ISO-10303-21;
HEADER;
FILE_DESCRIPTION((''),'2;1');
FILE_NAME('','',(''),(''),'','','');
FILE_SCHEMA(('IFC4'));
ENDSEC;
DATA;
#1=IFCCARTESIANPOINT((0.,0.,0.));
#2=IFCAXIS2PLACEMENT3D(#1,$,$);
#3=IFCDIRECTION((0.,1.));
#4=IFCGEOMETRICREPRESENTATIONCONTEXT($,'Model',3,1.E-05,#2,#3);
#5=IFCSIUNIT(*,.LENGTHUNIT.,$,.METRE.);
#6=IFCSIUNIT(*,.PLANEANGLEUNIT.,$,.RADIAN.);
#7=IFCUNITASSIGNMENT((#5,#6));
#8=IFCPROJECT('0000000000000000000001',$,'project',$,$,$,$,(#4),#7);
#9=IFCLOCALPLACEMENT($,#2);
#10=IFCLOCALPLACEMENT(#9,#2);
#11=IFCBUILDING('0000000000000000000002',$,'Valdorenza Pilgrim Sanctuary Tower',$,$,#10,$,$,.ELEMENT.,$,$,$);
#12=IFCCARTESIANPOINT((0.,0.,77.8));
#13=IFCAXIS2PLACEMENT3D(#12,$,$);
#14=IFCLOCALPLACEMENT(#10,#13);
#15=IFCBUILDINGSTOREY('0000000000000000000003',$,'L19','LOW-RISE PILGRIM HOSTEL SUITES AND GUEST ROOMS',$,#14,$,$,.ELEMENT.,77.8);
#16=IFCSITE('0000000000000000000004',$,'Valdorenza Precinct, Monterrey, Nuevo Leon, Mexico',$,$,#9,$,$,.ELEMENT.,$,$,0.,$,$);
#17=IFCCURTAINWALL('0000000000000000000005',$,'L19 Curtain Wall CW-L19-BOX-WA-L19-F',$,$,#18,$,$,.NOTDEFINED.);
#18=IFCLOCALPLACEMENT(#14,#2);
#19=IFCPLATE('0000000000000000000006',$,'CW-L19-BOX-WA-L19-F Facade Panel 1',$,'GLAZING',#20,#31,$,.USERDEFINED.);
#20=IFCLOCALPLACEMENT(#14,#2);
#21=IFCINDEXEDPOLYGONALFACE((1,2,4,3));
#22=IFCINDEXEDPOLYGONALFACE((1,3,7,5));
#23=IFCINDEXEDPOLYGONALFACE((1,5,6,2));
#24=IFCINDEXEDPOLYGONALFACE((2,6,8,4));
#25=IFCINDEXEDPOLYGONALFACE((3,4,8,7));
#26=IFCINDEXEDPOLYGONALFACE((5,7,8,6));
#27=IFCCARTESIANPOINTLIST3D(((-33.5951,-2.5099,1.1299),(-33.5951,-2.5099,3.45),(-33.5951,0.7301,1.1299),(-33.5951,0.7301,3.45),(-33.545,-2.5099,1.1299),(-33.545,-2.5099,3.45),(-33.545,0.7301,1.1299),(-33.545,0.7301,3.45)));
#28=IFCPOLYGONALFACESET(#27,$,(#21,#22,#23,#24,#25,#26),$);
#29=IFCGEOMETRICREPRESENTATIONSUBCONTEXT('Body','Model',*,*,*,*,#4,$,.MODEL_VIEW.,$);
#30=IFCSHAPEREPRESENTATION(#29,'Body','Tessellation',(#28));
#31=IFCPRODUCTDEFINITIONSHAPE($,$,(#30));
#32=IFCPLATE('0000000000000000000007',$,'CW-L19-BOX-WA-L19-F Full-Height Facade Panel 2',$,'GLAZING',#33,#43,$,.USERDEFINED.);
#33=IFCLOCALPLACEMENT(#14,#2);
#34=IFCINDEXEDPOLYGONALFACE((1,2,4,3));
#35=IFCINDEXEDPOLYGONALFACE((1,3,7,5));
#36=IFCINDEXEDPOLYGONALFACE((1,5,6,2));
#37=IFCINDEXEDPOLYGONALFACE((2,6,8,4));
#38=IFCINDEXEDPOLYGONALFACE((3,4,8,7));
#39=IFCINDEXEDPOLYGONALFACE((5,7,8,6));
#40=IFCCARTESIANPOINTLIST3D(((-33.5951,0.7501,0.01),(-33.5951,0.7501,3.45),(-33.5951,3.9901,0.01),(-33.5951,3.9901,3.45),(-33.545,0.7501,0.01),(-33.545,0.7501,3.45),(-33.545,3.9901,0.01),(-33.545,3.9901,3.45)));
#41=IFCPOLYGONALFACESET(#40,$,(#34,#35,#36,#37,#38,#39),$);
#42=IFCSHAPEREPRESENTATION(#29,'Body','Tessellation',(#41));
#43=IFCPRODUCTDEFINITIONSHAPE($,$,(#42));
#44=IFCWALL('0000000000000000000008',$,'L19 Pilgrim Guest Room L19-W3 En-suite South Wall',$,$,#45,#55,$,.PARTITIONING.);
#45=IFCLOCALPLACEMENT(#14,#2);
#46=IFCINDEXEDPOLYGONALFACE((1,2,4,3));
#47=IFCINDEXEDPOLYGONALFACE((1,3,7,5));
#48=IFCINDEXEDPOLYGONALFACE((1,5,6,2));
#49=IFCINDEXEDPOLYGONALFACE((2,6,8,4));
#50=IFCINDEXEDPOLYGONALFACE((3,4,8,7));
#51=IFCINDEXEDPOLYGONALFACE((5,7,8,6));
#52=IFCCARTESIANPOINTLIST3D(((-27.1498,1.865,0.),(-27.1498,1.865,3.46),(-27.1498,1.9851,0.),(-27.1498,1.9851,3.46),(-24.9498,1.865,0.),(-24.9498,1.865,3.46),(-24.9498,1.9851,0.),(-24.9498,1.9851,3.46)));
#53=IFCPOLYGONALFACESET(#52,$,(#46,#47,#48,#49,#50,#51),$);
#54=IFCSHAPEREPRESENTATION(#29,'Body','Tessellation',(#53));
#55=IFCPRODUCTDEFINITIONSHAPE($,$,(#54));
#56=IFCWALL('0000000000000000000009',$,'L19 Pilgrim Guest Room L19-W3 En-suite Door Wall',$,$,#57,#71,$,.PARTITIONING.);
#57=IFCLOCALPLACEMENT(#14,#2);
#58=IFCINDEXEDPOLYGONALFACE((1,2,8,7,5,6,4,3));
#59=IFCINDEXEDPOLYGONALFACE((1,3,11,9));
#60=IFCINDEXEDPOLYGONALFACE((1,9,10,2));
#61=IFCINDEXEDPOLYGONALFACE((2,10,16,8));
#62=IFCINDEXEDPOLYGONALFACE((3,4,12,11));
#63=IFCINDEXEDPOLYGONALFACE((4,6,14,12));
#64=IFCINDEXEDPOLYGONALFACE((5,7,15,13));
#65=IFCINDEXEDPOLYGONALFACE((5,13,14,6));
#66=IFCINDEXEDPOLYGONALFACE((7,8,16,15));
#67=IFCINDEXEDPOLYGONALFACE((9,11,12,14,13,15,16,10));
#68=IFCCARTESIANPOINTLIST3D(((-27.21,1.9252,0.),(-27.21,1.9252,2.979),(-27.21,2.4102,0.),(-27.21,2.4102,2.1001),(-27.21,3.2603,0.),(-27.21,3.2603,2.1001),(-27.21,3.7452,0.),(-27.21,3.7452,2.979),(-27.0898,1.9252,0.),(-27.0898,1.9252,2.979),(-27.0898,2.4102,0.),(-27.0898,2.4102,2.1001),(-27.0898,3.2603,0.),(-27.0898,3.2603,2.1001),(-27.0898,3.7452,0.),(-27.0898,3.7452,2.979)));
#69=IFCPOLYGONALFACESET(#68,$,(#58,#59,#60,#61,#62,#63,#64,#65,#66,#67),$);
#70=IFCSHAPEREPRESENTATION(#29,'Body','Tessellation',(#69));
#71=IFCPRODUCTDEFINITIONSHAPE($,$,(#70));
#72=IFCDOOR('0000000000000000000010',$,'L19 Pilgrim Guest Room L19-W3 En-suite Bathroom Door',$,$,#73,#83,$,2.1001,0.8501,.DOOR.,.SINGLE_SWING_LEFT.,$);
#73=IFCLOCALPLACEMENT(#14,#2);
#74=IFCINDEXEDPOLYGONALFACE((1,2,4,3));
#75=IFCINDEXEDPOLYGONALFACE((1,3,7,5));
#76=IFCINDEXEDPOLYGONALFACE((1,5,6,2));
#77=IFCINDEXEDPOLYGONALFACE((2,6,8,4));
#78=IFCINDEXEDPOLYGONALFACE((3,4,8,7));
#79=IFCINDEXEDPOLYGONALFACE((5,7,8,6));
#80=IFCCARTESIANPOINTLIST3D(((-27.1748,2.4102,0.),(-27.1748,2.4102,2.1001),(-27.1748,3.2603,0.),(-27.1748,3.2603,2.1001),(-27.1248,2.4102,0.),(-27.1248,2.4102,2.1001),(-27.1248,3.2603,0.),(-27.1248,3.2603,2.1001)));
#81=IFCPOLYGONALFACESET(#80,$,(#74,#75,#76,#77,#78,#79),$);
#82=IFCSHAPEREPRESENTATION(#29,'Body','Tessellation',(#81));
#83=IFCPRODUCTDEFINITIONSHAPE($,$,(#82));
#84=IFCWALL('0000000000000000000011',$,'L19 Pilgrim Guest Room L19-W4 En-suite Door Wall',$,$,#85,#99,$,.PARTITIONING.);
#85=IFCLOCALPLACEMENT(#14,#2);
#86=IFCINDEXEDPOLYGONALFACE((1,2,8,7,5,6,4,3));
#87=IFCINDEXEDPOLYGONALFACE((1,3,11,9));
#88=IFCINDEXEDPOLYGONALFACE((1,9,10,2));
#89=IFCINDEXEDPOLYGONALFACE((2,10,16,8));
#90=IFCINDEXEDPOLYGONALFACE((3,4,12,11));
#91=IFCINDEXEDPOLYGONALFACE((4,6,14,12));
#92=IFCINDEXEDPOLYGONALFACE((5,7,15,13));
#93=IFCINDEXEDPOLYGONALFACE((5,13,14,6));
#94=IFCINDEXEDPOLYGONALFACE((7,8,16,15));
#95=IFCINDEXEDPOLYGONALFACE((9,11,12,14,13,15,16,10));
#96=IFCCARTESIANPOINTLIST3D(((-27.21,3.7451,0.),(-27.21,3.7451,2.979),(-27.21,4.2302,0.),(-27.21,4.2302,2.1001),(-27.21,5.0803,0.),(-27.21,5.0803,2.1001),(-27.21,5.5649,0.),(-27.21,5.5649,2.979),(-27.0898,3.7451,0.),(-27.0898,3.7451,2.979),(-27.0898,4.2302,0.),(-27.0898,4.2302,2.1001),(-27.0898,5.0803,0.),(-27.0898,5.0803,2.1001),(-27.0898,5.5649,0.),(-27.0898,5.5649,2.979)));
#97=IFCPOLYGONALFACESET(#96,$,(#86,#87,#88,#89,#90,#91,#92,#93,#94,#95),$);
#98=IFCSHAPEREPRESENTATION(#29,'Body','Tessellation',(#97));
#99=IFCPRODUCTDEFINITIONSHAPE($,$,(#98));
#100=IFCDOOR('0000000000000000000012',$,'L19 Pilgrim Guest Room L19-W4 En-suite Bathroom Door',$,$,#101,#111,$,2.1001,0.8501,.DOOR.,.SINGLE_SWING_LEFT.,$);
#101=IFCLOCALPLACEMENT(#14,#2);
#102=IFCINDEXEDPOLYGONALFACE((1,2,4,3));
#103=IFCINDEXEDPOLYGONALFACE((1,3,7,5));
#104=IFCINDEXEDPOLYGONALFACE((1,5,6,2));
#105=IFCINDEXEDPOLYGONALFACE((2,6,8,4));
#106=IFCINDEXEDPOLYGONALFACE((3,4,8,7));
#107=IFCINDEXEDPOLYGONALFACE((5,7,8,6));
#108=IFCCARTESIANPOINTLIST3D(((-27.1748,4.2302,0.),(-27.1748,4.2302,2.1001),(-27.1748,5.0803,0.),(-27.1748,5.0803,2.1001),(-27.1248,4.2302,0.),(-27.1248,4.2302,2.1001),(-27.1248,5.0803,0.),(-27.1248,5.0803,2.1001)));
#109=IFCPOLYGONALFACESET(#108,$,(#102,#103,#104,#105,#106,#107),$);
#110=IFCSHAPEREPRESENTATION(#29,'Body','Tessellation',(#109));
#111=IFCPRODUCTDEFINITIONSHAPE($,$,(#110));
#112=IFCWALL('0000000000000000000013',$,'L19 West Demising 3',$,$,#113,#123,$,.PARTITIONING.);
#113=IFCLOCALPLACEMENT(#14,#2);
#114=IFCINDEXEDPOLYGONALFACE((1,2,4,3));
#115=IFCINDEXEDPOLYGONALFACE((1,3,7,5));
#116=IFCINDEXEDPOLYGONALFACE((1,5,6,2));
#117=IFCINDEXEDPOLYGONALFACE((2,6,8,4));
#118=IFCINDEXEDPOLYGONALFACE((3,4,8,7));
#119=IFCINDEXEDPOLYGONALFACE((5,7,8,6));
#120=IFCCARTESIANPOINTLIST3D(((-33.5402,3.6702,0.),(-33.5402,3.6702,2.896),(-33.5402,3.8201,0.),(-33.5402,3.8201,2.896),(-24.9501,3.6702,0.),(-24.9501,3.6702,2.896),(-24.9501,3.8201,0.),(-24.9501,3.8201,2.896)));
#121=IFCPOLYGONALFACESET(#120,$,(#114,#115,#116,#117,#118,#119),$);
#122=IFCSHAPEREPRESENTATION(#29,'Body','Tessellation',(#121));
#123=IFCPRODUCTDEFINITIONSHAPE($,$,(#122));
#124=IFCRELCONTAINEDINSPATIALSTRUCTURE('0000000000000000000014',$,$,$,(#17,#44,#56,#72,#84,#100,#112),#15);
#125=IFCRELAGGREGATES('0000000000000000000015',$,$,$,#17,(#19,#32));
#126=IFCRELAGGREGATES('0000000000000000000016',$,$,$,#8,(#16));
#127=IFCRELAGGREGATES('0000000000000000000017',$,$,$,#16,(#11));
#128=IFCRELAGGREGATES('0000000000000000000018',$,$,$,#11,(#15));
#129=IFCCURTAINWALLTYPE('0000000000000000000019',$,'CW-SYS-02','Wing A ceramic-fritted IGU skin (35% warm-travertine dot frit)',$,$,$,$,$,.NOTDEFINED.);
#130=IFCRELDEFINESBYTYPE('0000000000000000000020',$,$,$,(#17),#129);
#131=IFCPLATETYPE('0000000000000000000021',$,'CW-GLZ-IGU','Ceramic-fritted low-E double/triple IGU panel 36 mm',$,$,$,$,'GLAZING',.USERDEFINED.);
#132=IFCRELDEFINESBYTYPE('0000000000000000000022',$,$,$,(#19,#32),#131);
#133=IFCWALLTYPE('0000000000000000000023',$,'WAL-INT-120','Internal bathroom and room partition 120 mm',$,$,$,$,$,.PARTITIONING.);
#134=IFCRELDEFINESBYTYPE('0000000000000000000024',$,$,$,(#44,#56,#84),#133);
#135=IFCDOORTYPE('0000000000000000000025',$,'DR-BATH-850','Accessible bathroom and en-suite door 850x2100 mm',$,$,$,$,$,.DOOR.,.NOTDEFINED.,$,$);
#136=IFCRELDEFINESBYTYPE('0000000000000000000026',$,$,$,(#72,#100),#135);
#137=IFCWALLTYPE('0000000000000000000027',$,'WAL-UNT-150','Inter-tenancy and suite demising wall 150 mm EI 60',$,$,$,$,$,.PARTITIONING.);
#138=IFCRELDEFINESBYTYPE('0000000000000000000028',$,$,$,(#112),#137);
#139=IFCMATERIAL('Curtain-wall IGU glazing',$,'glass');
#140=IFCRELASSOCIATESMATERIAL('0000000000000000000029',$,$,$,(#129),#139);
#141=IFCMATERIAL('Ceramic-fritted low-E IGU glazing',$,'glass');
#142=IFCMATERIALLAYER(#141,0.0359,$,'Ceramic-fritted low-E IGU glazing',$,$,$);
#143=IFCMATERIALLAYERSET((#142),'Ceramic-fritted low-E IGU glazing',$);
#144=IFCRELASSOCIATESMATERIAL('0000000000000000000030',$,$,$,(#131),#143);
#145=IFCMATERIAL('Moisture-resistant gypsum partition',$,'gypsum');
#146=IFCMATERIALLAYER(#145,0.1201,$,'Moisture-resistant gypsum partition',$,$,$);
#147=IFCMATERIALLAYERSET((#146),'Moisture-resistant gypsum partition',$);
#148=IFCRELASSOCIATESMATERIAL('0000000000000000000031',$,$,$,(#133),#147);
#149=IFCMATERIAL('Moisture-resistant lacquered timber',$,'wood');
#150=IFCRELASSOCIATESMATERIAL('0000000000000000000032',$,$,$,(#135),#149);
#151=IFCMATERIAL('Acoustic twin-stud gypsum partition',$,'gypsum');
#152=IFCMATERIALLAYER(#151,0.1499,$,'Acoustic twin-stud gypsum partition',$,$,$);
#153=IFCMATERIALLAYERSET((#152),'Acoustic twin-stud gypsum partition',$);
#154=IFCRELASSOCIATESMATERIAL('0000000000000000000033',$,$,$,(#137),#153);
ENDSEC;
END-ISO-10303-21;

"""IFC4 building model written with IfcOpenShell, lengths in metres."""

from ifc_helpers import new_model, si_unit, direction, frame, frame_2d, origin, origin_2d, place, context, subcontext, project, spatial, rectangle, extrude, source, transform, mapped, material, layer, layer_set, type_object, element, fill, aggregate, save


model = new_model("IFC4")

# Units and contexts
model_context = context("Model", 3, precision=1e-05, world=origin(), true_north=direction((0.0, 1.0)))
body_context = subcontext(model_context, "Body", "Model", "MODEL_VIEW")
ifc_project = project(units=[si_unit("LENGTHUNIT", "METRE"), si_unit("PLANEANGLEUNIT", "RADIAN")], contexts=[model_context])

# Site, building, storey
site_placement = place(None, origin())
site = spatial("IfcSite", under=ifc_project, at=site_placement, Name="Valdorenza Precinct, Monterrey, Nuevo Leon, Mexico", CompositionType="ELEMENT", RefElevation=0.0)
building_placement = place(site_placement, origin())
building = spatial("IfcBuilding", under=site, at=building_placement, Name="Valdorenza Pilgrim Sanctuary Tower", CompositionType="ELEMENT")
storey_placement = place(building_placement, frame((0.0, 0.0, 77.8)))
storey = spatial("IfcBuildingStorey", under=building, at=storey_placement, Name="L19", Description="LOW-RISE PILGRIM HOSTEL SUITES AND GUEST ROOMS", CompositionType="ELEMENT", Elevation=77.8)

# Curtain wall, plates
ifc_material_1 = material(Name="Curtain-wall IGU glazing", Category="glass")
curtain_wall_type = type_object("IfcCurtainWallType", Name="CW-SYS-02", Description="Wing A ceramic-fritted IGU skin (35% warm-travertine dot frit)", PredefinedType="NOTDEFINED", material=ifc_material_1)
curtain_wall_placement = place(storey_placement, origin())
curtain_wall = element("IfcCurtainWall", 1, at=curtain_wall_placement, inside=storey, type_object=curtain_wall_type, Name="L19 Curtain Wall CW-L19-BOX-WA-L19-F", PredefinedType="NOTDEFINED")
ifc_material_2 = material(Name="Ceramic-fritted low-E IGU glazing", Category="glass")
ifc_layer_1 = layer(ifc_material_2, 0.0359, Name="Ceramic-fritted low-E IGU glazing")
ifc_layer_set_1 = layer_set([ifc_layer_1], Name="Ceramic-fritted low-E IGU glazing")
plate_type_1 = type_object("IfcPlateType", Name="CW-GLZ-IGU", Description="Ceramic-fritted low-E double/triple IGU panel 36 mm", ElementType="GLAZING", PredefinedType="USERDEFINED", material=ifc_layer_set_1)
shared_shape_1 = source(origin(), body_context, "Body", "SweptSolid", [
    extrude(rectangle(XDim=3.24, YDim=0.05, at=origin_2d()), origin(), (0.0, 0.0, 1.0), 2.3201),
])
plate_1_placement = place(storey_placement, frame((-33.5701, -0.8899, 1.1299), z_axis=(0.0, 0.0, 1.0), x_axis=(0.0, 1.0, 0.0)))
plate_1 = element("IfcPlate", 2, at=plate_1_placement, type_object=plate_type_1, Name="CW-L19-BOX-WA-L19-F Facade Panel 1", ObjectType="GLAZING", PredefinedType="USERDEFINED", context=body_context, shape_type="MappedRepresentation", body=[
    mapped(shared_shape_1, transform((0.0, 0.0, 0.0), x_axis=(1.0, 0.0, 0.0), y_axis=(0.0, 1.0, 0.0), z_axis=(0.0, 0.0, 1.0), scale=1.0)),
])
shared_shape_2 = source(origin(), body_context, "Body", "SweptSolid", [
    extrude(rectangle(XDim=3.24, YDim=0.05, at=origin_2d()), origin(), (0.0, 0.0, 1.0), 3.4399),
])
plate_2_placement = place(storey_placement, frame((-33.5701, 2.3701, 0.01), z_axis=(0.0, 0.0, 1.0), x_axis=(0.0, 1.0, 0.0)))
plate_2 = element("IfcPlate", 3, at=plate_2_placement, type_object=plate_type_1, Name="CW-L19-BOX-WA-L19-F Full-Height Facade Panel 2", ObjectType="GLAZING", PredefinedType="USERDEFINED", context=body_context, shape_type="MappedRepresentation", body=[
    mapped(shared_shape_2, transform((0.0, 0.0, 0.0), x_axis=(1.0, 0.0, 0.0), y_axis=(0.0, 1.0, 0.0), z_axis=(0.0, 0.0, 1.0), scale=1.0)),
])
aggregate(curtain_wall, [plate_1, plate_2])

# Wall
ifc_material_3 = material(Name="Moisture-resistant gypsum partition", Category="gypsum")
ifc_layer_2 = layer(ifc_material_3, 0.1201, Name="Moisture-resistant gypsum partition")
ifc_layer_set_2 = layer_set([ifc_layer_2], Name="Moisture-resistant gypsum partition")
wall_type_1 = type_object("IfcWallType", Name="WAL-INT-120", Description="Internal bathroom and room partition 120 mm", PredefinedType="PARTITIONING", material=ifc_layer_set_2)
wall_1_placement = place(storey_placement, frame((-27.1499, 1.925, 0.0), z_axis=(0.0, 0.0, 1.0), x_axis=(1.0, 0.0, 0.0)))
element("IfcWall", 4, at=wall_1_placement, inside=storey, type_object=wall_type_1, Name="L19 Pilgrim Guest Room L19-W3 En-suite South Wall", PredefinedType="PARTITIONING", context=body_context, shape_type="SweptSolid", body=[
    extrude(rectangle(XDim=2.2, YDim=0.1201, at=frame_2d((1.1001, 0.0))), origin(), (0.0, 0.0, 1.0), 3.46),
])

# Walls, openings, doors
wall_2_placement = place(storey_placement, frame((-27.1499, 1.925, 0.0), z_axis=(0.0, 0.0, 1.0), x_axis=(0.0, 1.0, 0.0)))
wall_2 = element("IfcWall", 5, at=wall_2_placement, inside=storey, type_object=wall_type_1, Name="L19 Pilgrim Guest Room L19-W3 En-suite Door Wall", PredefinedType="PARTITIONING", context=body_context, shape_type="SweptSolid", body=[
    extrude(rectangle(XDim=1.8201, YDim=0.1201, at=frame_2d((0.9102, 0.0))), origin(), (0.0, 0.0, 1.0), 2.979),
])
opening_1_placement = place(wall_2_placement, frame((0.4851, 0.0, 0.0)))
opening_1 = element("IfcOpeningElement", 6, at=opening_1_placement, cuts=wall_2, PredefinedType="OPENING", context=body_context, shape_type="SweptSolid", body=[
    extrude(rectangle(XDim=0.8501, YDim=2.1001, at=frame_2d((0.425, 1.05))), frame((0.0, 0.075, 0.0), z_axis=(0.0, -1.0, 0.0), x_axis=(1.0, 0.0, 0.0)), (0.0, 0.0, 1.0), 0.1499),
])
ifc_material_4 = material(Name="Moisture-resistant lacquered timber", Category="wood")
door_type = type_object("IfcDoorType", Name="DR-BATH-850", Description="Accessible bathroom and en-suite door 850x2100 mm", OperationType="NOTDEFINED", PredefinedType="DOOR", material=ifc_material_4)
door_1_placement = place(opening_1_placement, origin())
door_1 = element("IfcDoor", 7, at=door_1_placement, inside=storey, type_object=door_type, Name="L19 Pilgrim Guest Room L19-W3 En-suite Bathroom Door", OperationType="SINGLE_SWING_LEFT", OverallHeight=2.1001, OverallWidth=0.8501, PredefinedType="DOOR", context=body_context, shape_type="SweptSolid", body=[
    extrude(rectangle(XDim=0.8501, YDim=2.1001, at=frame_2d((0.425, 1.05))), frame((0.0, 0.0249, 0.0), z_axis=(0.0, -1.0, 0.0), x_axis=(1.0, 0.0, 0.0)), (0.0, 0.0, 1.0), 0.05),
])
fill(opening_1, door_1)
wall_3_placement = place(storey_placement, frame((-27.1499, 3.7451, 0.0), z_axis=(0.0, 0.0, 1.0), x_axis=(0.0, 1.0, 0.0)))
wall_3 = element("IfcWall", 8, at=wall_3_placement, inside=storey, type_object=wall_type_1, Name="L19 Pilgrim Guest Room L19-W4 En-suite Door Wall", PredefinedType="PARTITIONING", context=body_context, shape_type="SweptSolid", body=[
    extrude(rectangle(XDim=1.8198, YDim=0.1201, at=frame_2d((0.9099, 0.0))), origin(), (0.0, 0.0, 1.0), 2.979),
])
opening_2_placement = place(wall_3_placement, frame((0.4851, 0.0, 0.0)))
opening_2 = element("IfcOpeningElement", 9, at=opening_2_placement, cuts=wall_3, PredefinedType="OPENING", context=body_context, shape_type="SweptSolid", body=[
    extrude(rectangle(XDim=0.8501, YDim=2.1001, at=frame_2d((0.425, 1.05))), frame((0.0, 0.075, 0.0), z_axis=(0.0, -1.0, 0.0), x_axis=(1.0, 0.0, 0.0)), (0.0, 0.0, 1.0), 0.1499),
])
door_2_placement = place(opening_2_placement, origin())
door_2 = element("IfcDoor", 10, at=door_2_placement, inside=storey, type_object=door_type, Name="L19 Pilgrim Guest Room L19-W4 En-suite Bathroom Door", OperationType="SINGLE_SWING_LEFT", OverallHeight=2.1001, OverallWidth=0.8501, PredefinedType="DOOR", context=body_context, shape_type="SweptSolid", body=[
    extrude(rectangle(XDim=0.8501, YDim=2.1001, at=frame_2d((0.425, 1.05))), frame((0.0, 0.0249, 0.0), z_axis=(0.0, -1.0, 0.0), x_axis=(1.0, 0.0, 0.0)), (0.0, 0.0, 1.0), 0.05),
])
fill(opening_2, door_2)

# Wall
ifc_material_5 = material(Name="Acoustic twin-stud gypsum partition", Category="gypsum")
ifc_layer_3 = layer(ifc_material_5, 0.1499, Name="Acoustic twin-stud gypsum partition")
ifc_layer_set_3 = layer_set([ifc_layer_3], Name="Acoustic twin-stud gypsum partition")
wall_type_2 = type_object("IfcWallType", Name="WAL-UNT-150", Description="Inter-tenancy and suite demising wall 150 mm EI 60", PredefinedType="PARTITIONING", material=ifc_layer_set_3)
wall_4_placement = place(storey_placement, frame((-33.54, 3.7451, 0.0), z_axis=(0.0, 0.0, 1.0), x_axis=(1.0, 0.0, 0.0)))
element("IfcWall", 11, at=wall_4_placement, inside=storey, type_object=wall_type_2, Name="L19 West Demising 3", PredefinedType="PARTITIONING", context=body_context, shape_type="SweptSolid", body=[
    extrude(rectangle(XDim=8.5901, YDim=0.1499, at=frame_2d((4.2949, 0.0))), origin(), (0.0, 0.0, 1.0), 2.896),
])

save(model, "model.ifc")
